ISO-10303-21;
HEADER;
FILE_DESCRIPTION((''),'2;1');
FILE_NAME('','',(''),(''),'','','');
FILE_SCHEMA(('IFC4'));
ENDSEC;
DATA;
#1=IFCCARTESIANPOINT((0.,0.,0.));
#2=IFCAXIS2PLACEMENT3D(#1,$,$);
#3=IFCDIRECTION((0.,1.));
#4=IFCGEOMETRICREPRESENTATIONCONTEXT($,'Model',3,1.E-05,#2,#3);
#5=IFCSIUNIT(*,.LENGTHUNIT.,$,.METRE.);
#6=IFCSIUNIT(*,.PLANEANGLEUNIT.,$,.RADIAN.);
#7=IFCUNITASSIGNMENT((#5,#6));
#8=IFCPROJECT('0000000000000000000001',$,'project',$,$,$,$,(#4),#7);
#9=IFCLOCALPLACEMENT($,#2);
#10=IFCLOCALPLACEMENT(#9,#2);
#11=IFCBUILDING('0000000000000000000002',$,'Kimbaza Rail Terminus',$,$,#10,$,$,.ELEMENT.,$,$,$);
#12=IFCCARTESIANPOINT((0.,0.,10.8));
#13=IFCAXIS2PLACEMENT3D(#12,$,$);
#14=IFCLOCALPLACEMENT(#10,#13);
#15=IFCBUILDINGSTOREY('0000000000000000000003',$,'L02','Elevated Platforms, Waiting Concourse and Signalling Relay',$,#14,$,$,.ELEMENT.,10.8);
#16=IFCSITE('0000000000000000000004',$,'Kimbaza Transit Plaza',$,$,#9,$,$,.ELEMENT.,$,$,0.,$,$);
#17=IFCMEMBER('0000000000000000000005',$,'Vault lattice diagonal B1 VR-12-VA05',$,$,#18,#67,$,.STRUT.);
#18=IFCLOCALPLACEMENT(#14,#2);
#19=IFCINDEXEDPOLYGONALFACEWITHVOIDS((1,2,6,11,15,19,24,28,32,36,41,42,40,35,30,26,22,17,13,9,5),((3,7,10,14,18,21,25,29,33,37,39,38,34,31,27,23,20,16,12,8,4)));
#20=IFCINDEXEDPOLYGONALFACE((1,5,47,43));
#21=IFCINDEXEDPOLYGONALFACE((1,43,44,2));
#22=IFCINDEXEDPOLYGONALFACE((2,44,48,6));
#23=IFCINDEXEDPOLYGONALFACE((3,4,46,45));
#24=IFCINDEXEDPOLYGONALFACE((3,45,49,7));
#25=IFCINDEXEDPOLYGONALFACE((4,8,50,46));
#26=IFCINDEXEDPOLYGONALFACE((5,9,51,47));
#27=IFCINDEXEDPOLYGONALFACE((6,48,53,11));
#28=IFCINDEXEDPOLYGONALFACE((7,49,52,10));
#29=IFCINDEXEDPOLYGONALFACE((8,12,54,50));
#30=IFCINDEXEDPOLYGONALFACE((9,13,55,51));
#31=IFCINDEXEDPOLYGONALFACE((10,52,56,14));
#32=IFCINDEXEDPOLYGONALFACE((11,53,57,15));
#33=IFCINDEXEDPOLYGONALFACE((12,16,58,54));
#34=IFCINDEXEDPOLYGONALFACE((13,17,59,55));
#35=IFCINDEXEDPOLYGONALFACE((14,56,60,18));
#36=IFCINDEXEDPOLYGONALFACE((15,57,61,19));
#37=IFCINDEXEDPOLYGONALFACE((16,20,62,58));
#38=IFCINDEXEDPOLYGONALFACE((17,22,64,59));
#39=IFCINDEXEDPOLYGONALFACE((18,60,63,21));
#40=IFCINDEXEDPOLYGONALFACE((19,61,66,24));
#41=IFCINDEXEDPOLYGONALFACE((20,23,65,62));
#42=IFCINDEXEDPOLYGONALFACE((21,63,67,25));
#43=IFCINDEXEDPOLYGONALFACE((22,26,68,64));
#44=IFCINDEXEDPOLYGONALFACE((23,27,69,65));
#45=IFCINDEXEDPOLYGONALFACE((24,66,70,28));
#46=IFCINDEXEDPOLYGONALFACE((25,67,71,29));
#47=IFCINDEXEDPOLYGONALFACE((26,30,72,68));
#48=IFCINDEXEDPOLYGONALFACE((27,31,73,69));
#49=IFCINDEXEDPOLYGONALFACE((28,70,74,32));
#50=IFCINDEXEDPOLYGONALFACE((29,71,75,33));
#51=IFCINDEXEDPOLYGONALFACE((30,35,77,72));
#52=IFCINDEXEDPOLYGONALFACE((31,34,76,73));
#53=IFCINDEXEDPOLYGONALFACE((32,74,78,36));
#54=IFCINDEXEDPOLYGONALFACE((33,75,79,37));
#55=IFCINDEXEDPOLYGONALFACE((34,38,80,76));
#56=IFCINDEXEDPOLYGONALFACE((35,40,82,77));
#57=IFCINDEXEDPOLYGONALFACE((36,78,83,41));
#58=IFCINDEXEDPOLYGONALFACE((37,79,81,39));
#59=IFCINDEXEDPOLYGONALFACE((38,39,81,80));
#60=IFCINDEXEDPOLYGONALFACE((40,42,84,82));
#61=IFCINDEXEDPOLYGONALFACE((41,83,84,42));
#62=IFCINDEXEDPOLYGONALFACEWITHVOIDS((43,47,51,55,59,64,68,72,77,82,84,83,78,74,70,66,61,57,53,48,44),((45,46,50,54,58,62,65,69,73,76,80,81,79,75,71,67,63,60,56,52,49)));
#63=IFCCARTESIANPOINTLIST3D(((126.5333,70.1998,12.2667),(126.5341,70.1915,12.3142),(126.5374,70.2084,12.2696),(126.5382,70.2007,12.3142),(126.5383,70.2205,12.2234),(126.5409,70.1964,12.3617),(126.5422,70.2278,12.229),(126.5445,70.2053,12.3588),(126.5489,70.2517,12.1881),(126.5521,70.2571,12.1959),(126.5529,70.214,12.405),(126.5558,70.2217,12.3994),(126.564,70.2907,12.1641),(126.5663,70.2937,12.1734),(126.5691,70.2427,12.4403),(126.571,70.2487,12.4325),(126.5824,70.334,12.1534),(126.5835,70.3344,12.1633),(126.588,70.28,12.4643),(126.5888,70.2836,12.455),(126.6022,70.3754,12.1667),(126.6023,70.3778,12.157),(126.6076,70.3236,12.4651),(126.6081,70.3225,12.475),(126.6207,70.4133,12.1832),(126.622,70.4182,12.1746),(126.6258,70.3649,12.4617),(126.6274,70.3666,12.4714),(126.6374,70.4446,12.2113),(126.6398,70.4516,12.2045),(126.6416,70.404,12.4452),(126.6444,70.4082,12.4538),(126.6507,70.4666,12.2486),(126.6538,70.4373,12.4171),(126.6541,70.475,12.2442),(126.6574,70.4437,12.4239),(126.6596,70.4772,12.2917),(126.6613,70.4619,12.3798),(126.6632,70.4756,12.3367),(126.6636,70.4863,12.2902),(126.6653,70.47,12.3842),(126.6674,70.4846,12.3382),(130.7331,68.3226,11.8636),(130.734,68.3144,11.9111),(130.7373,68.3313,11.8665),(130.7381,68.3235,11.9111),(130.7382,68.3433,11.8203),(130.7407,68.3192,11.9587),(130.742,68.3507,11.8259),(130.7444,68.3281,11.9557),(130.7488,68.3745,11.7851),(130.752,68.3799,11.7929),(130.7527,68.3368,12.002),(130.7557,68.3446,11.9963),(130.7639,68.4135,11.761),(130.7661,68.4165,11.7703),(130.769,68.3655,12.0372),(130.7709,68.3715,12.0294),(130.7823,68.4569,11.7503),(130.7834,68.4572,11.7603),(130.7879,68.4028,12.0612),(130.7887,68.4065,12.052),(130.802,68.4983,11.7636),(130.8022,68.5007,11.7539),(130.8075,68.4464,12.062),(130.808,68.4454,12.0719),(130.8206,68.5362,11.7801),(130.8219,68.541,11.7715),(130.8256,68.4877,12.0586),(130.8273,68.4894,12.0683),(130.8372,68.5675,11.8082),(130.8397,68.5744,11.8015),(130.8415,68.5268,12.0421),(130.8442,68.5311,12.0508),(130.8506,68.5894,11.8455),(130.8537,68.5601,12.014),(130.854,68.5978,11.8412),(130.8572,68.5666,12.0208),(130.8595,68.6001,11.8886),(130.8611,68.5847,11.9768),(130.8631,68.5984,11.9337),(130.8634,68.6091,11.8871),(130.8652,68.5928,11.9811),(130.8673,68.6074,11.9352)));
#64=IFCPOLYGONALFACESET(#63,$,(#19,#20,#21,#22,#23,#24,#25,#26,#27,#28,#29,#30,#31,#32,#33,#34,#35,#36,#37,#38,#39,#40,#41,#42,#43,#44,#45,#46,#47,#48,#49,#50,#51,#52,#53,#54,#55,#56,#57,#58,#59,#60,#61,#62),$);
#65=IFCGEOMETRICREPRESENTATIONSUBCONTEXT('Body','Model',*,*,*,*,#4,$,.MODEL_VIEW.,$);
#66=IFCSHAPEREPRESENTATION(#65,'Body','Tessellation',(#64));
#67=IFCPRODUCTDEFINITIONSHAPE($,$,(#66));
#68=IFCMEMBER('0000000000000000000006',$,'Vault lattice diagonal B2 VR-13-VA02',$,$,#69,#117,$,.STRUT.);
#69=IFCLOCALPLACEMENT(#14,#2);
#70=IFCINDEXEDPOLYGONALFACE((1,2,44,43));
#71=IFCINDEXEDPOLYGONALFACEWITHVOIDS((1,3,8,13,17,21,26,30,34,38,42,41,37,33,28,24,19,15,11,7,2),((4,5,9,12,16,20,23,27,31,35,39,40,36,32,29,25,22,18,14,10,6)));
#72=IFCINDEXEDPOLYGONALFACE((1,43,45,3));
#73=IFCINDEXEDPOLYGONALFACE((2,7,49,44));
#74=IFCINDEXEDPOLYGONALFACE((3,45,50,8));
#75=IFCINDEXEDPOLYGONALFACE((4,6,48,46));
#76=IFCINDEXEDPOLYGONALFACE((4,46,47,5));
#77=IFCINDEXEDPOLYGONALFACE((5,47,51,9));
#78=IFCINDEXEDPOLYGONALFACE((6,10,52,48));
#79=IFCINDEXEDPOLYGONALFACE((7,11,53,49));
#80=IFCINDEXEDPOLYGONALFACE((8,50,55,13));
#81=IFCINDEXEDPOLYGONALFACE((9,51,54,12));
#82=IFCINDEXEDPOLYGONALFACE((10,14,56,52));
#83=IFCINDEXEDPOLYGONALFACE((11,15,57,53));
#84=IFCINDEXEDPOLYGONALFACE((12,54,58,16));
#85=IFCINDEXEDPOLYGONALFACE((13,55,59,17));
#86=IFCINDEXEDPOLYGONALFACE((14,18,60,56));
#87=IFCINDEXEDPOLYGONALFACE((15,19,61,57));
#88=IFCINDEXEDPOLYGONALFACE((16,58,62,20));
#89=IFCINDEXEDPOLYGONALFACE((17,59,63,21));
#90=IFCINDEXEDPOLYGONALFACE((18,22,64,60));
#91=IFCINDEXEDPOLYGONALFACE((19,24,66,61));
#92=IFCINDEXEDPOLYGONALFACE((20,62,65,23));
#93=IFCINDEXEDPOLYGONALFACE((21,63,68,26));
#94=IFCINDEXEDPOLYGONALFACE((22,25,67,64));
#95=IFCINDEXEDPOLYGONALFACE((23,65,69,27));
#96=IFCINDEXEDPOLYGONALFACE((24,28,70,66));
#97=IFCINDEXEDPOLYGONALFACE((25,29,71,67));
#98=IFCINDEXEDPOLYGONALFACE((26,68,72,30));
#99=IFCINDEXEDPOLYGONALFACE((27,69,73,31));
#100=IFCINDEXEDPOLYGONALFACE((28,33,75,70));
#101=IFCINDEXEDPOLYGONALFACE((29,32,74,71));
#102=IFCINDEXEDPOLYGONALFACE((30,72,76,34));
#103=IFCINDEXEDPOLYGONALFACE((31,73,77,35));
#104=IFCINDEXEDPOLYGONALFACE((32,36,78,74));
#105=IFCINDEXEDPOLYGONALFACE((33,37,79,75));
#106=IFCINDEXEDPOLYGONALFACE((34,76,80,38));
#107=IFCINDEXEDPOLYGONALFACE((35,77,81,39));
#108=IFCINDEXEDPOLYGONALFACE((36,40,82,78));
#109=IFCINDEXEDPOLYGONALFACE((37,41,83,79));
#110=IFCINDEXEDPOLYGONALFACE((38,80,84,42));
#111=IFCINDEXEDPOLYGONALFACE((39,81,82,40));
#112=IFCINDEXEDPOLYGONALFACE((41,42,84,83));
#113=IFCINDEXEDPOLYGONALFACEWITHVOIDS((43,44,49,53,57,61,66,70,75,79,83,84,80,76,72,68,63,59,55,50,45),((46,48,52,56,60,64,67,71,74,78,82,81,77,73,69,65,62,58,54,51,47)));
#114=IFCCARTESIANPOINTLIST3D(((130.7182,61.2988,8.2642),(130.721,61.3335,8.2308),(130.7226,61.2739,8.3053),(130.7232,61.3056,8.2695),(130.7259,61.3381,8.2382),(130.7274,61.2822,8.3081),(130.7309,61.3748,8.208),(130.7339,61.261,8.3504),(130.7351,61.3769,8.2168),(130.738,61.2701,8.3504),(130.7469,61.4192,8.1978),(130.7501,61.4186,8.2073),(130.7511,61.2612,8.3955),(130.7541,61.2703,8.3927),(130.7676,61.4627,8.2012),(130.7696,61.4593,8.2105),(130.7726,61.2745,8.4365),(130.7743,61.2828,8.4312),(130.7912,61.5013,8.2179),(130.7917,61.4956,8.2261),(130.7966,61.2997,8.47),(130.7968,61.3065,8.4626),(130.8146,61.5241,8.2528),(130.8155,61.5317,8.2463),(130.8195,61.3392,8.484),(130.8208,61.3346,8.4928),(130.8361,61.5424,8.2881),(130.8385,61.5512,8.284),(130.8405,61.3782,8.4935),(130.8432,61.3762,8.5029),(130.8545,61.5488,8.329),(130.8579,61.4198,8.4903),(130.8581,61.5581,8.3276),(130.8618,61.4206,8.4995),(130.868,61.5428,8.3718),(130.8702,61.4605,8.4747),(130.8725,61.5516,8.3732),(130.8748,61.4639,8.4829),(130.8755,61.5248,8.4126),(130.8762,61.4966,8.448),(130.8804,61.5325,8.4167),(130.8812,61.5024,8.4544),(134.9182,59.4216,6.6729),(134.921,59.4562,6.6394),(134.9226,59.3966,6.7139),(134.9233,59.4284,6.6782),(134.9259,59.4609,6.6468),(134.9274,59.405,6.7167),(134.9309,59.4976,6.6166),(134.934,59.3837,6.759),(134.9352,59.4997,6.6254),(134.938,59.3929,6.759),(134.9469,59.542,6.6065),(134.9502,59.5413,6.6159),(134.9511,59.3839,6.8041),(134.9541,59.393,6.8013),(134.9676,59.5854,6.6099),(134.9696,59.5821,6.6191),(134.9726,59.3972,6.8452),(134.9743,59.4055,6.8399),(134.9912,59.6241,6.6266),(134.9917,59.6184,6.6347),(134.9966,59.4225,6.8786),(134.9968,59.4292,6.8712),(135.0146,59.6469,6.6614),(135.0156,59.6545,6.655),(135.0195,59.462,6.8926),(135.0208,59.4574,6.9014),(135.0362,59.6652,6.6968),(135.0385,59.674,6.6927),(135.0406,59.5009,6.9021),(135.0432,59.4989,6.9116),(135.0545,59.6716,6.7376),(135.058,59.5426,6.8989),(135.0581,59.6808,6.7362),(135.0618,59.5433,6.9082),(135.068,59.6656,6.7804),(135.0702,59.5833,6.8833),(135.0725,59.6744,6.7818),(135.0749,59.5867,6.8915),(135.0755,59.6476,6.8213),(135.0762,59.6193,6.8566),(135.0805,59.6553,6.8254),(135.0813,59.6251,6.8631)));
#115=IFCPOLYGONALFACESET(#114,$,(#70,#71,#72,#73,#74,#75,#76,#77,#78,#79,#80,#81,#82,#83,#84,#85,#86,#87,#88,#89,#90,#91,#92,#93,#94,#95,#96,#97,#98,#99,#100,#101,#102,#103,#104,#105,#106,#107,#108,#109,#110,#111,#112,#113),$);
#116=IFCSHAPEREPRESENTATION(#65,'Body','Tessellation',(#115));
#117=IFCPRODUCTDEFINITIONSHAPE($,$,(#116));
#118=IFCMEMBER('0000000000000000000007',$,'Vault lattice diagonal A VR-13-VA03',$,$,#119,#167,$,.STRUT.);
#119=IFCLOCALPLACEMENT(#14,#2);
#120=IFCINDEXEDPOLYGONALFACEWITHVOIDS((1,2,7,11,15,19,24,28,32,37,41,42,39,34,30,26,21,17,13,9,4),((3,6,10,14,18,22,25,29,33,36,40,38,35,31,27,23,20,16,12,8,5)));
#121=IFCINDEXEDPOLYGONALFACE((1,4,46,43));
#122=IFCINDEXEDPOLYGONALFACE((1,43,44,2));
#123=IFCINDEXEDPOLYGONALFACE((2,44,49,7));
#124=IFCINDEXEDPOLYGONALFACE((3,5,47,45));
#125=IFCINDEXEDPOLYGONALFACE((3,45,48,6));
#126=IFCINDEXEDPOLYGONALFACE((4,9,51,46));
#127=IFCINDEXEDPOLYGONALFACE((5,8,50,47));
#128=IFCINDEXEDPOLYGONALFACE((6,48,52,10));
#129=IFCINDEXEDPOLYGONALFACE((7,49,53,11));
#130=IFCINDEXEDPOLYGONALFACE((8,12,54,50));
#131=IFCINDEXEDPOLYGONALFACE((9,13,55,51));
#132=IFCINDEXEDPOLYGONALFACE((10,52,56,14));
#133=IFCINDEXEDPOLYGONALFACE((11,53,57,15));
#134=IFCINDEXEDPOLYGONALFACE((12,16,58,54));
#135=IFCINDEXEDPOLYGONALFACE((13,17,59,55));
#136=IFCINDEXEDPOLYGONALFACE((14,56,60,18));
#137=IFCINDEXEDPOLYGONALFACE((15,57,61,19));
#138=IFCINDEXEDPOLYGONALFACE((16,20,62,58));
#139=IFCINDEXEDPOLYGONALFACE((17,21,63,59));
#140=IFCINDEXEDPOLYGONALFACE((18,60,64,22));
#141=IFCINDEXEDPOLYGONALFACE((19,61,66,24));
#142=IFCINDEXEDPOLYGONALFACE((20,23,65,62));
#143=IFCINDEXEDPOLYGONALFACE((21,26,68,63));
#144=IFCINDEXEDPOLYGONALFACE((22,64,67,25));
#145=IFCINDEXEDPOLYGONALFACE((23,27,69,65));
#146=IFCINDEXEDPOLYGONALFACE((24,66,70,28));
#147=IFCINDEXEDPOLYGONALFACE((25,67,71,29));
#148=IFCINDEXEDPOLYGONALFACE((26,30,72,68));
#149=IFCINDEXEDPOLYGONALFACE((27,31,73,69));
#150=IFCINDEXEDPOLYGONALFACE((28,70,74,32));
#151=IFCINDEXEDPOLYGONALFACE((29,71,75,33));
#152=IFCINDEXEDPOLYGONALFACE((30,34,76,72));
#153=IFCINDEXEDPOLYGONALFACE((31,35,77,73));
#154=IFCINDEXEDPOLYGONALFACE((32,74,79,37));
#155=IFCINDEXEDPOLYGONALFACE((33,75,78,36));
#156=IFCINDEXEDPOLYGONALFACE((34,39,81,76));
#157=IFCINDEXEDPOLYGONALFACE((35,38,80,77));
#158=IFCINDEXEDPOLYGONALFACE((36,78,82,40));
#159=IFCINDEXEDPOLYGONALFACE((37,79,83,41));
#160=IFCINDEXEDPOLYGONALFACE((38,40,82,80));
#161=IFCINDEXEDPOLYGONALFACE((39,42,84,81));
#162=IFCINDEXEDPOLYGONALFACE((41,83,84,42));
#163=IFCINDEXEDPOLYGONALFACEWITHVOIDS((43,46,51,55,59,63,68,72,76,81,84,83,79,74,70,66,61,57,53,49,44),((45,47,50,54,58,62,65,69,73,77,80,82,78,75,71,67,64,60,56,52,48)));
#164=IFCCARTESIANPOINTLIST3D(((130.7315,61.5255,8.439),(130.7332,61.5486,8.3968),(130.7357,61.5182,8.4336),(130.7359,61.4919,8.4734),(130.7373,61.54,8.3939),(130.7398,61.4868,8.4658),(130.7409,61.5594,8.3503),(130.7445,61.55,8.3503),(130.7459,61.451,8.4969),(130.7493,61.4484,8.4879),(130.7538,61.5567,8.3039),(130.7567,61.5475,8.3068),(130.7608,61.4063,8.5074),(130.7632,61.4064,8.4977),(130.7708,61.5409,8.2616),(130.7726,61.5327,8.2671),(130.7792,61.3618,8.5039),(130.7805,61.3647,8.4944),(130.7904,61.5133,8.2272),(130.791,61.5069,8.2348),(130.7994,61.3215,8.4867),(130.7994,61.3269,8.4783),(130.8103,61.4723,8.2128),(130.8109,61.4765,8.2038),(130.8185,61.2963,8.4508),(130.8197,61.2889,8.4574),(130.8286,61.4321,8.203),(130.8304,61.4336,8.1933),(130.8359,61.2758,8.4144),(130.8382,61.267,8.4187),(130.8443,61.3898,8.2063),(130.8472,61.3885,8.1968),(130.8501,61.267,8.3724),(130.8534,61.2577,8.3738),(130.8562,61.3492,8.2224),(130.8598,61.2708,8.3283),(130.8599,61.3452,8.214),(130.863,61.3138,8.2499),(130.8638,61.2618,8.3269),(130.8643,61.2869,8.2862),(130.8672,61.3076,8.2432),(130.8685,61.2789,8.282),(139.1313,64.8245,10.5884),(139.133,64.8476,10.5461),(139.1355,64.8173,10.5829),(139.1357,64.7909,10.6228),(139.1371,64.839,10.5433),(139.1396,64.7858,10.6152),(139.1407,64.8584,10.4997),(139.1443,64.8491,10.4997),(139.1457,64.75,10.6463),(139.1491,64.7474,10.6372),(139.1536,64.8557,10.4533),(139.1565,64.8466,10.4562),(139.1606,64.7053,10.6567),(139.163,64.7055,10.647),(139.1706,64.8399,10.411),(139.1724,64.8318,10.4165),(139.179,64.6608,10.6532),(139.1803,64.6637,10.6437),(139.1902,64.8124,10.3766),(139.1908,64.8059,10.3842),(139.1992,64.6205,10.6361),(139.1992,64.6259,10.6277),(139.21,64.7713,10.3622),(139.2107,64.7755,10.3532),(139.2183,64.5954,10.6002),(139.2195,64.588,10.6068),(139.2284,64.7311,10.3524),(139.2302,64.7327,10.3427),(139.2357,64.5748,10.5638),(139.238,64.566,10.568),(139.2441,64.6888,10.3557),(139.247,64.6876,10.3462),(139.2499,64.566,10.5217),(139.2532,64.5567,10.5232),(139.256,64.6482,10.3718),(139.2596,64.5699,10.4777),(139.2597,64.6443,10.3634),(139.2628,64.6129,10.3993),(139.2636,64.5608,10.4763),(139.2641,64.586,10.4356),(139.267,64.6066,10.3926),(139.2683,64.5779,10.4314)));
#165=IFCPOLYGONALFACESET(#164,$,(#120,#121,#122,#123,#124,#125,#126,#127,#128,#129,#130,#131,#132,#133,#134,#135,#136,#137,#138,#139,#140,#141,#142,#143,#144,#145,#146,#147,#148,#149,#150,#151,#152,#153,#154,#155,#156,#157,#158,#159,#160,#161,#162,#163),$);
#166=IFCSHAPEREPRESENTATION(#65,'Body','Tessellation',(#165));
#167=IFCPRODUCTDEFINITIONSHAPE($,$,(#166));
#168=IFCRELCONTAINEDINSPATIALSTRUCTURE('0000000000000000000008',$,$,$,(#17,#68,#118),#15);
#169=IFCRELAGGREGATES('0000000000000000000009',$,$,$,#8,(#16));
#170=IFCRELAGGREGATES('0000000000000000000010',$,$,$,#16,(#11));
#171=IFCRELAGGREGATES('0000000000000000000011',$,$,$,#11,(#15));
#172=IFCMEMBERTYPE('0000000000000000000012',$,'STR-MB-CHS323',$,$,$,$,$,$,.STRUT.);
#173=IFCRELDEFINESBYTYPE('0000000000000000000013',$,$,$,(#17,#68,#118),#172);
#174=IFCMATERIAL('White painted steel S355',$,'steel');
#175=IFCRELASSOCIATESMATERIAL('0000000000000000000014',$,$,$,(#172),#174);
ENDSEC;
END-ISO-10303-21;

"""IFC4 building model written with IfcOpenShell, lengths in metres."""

from ifc_helpers import new_model, si_unit, direction, frame, origin, origin_2d, place, context, subcontext, project, spatial, hollow_circle, extrude, material, material_profile, profile_set, type_object, element, save


model = new_model("IFC4")

# Units and contexts
model_context = context("Model", 3, precision=1e-05, world=origin(), true_north=direction((0.0, 1.0)))
body_context = subcontext(model_context, "Body", "Model", "MODEL_VIEW")
ifc_project = project(units=[si_unit("LENGTHUNIT", "METRE"), si_unit("PLANEANGLEUNIT", "RADIAN")], contexts=[model_context])

# Site, building, storey
site_placement = place(None, origin())
site = spatial("IfcSite", under=ifc_project, at=site_placement, Name="Kimbaza Transit Plaza", CompositionType="ELEMENT", RefElevation=0.0)
building_placement = place(site_placement, origin())
building = spatial("IfcBuilding", under=site, at=building_placement, Name="Kimbaza Rail Terminus", CompositionType="ELEMENT")
storey_placement = place(building_placement, frame((0.0, 0.0, 10.8)))
storey = spatial("IfcBuildingStorey", under=building, at=storey_placement, Name="L02", Description="Elevated Platforms, Waiting Concourse and Signalling Relay", CompositionType="ELEMENT", Elevation=10.8)

# Members
ifc_material_1 = material(Name="White painted steel S355", Category="steel")
ifc_material_profile_1 = material_profile(ifc_material_1, hollow_circle(Radius=0.1619, WallThickness=0.01, at=origin_2d()), Name="CHS 323.9x10")
ifc_profile_set_1 = profile_set([ifc_material_profile_1], Name="White painted steel S355")
member_type_1 = type_object("IfcMemberType", Name="STR-MB-CHS323", PredefinedType="STRUT", material=ifc_profile_set_1)
member_1_placement = place(storey_placement, frame((130.8, 68.4622, 11.9111), z_axis=(-0.909474, 0.406496, 0.087284), x_axis=(-0.408053, -0.912958, 0.0)))
element("IfcMember", 1, at=member_1_placement, inside=storey, type_object=member_type_1, Name="Vault lattice diagonal B1 VR-12-VA05", PredefinedType="STRUT", context=body_context, shape_type="SweptSolid", body=[
    extrude(hollow_circle(Radius=0.1619, WallThickness=0.01, at=origin_2d()), origin(), (0.0, 0.0, 1.0), 4.6179),
])
member_2_placement = place(storey_placement, frame((135.0, 59.5315, 6.759), z_axis=(-0.862798, 0.385634, 0.326903), x_axis=(-0.408053, -0.912958, 0.0)))
element("IfcMember", 2, at=member_2_placement, inside=storey, type_object=member_type_1, Name="Vault lattice diagonal B2 VR-13-VA02", PredefinedType="STRUT", context=body_context, shape_type="SweptSolid", body=[
    extrude(hollow_circle(Radius=0.1619, WallThickness=0.01, at=origin_2d()), origin(), (0.0, 0.0, 1.0), 4.8679),
])
member_3_placement = place(storey_placement, frame((130.8, 61.4087, 8.3503), z_axis=(0.905457, 0.355619, 0.231693), x_axis=(-0.365567, 0.930785, 0.0)))
element("IfcMember", 3, at=member_3_placement, inside=storey, type_object=member_type_1, Name="Vault lattice diagonal A VR-13-VA03", PredefinedType="STRUT", context=body_context, shape_type="SweptSolid", body=[
    extrude(hollow_circle(Radius=0.1619, WallThickness=0.01, at=origin_2d()), origin(), (0.0, 0.0, 1.0), 9.2769),
])

save(model, "model.ifc")
